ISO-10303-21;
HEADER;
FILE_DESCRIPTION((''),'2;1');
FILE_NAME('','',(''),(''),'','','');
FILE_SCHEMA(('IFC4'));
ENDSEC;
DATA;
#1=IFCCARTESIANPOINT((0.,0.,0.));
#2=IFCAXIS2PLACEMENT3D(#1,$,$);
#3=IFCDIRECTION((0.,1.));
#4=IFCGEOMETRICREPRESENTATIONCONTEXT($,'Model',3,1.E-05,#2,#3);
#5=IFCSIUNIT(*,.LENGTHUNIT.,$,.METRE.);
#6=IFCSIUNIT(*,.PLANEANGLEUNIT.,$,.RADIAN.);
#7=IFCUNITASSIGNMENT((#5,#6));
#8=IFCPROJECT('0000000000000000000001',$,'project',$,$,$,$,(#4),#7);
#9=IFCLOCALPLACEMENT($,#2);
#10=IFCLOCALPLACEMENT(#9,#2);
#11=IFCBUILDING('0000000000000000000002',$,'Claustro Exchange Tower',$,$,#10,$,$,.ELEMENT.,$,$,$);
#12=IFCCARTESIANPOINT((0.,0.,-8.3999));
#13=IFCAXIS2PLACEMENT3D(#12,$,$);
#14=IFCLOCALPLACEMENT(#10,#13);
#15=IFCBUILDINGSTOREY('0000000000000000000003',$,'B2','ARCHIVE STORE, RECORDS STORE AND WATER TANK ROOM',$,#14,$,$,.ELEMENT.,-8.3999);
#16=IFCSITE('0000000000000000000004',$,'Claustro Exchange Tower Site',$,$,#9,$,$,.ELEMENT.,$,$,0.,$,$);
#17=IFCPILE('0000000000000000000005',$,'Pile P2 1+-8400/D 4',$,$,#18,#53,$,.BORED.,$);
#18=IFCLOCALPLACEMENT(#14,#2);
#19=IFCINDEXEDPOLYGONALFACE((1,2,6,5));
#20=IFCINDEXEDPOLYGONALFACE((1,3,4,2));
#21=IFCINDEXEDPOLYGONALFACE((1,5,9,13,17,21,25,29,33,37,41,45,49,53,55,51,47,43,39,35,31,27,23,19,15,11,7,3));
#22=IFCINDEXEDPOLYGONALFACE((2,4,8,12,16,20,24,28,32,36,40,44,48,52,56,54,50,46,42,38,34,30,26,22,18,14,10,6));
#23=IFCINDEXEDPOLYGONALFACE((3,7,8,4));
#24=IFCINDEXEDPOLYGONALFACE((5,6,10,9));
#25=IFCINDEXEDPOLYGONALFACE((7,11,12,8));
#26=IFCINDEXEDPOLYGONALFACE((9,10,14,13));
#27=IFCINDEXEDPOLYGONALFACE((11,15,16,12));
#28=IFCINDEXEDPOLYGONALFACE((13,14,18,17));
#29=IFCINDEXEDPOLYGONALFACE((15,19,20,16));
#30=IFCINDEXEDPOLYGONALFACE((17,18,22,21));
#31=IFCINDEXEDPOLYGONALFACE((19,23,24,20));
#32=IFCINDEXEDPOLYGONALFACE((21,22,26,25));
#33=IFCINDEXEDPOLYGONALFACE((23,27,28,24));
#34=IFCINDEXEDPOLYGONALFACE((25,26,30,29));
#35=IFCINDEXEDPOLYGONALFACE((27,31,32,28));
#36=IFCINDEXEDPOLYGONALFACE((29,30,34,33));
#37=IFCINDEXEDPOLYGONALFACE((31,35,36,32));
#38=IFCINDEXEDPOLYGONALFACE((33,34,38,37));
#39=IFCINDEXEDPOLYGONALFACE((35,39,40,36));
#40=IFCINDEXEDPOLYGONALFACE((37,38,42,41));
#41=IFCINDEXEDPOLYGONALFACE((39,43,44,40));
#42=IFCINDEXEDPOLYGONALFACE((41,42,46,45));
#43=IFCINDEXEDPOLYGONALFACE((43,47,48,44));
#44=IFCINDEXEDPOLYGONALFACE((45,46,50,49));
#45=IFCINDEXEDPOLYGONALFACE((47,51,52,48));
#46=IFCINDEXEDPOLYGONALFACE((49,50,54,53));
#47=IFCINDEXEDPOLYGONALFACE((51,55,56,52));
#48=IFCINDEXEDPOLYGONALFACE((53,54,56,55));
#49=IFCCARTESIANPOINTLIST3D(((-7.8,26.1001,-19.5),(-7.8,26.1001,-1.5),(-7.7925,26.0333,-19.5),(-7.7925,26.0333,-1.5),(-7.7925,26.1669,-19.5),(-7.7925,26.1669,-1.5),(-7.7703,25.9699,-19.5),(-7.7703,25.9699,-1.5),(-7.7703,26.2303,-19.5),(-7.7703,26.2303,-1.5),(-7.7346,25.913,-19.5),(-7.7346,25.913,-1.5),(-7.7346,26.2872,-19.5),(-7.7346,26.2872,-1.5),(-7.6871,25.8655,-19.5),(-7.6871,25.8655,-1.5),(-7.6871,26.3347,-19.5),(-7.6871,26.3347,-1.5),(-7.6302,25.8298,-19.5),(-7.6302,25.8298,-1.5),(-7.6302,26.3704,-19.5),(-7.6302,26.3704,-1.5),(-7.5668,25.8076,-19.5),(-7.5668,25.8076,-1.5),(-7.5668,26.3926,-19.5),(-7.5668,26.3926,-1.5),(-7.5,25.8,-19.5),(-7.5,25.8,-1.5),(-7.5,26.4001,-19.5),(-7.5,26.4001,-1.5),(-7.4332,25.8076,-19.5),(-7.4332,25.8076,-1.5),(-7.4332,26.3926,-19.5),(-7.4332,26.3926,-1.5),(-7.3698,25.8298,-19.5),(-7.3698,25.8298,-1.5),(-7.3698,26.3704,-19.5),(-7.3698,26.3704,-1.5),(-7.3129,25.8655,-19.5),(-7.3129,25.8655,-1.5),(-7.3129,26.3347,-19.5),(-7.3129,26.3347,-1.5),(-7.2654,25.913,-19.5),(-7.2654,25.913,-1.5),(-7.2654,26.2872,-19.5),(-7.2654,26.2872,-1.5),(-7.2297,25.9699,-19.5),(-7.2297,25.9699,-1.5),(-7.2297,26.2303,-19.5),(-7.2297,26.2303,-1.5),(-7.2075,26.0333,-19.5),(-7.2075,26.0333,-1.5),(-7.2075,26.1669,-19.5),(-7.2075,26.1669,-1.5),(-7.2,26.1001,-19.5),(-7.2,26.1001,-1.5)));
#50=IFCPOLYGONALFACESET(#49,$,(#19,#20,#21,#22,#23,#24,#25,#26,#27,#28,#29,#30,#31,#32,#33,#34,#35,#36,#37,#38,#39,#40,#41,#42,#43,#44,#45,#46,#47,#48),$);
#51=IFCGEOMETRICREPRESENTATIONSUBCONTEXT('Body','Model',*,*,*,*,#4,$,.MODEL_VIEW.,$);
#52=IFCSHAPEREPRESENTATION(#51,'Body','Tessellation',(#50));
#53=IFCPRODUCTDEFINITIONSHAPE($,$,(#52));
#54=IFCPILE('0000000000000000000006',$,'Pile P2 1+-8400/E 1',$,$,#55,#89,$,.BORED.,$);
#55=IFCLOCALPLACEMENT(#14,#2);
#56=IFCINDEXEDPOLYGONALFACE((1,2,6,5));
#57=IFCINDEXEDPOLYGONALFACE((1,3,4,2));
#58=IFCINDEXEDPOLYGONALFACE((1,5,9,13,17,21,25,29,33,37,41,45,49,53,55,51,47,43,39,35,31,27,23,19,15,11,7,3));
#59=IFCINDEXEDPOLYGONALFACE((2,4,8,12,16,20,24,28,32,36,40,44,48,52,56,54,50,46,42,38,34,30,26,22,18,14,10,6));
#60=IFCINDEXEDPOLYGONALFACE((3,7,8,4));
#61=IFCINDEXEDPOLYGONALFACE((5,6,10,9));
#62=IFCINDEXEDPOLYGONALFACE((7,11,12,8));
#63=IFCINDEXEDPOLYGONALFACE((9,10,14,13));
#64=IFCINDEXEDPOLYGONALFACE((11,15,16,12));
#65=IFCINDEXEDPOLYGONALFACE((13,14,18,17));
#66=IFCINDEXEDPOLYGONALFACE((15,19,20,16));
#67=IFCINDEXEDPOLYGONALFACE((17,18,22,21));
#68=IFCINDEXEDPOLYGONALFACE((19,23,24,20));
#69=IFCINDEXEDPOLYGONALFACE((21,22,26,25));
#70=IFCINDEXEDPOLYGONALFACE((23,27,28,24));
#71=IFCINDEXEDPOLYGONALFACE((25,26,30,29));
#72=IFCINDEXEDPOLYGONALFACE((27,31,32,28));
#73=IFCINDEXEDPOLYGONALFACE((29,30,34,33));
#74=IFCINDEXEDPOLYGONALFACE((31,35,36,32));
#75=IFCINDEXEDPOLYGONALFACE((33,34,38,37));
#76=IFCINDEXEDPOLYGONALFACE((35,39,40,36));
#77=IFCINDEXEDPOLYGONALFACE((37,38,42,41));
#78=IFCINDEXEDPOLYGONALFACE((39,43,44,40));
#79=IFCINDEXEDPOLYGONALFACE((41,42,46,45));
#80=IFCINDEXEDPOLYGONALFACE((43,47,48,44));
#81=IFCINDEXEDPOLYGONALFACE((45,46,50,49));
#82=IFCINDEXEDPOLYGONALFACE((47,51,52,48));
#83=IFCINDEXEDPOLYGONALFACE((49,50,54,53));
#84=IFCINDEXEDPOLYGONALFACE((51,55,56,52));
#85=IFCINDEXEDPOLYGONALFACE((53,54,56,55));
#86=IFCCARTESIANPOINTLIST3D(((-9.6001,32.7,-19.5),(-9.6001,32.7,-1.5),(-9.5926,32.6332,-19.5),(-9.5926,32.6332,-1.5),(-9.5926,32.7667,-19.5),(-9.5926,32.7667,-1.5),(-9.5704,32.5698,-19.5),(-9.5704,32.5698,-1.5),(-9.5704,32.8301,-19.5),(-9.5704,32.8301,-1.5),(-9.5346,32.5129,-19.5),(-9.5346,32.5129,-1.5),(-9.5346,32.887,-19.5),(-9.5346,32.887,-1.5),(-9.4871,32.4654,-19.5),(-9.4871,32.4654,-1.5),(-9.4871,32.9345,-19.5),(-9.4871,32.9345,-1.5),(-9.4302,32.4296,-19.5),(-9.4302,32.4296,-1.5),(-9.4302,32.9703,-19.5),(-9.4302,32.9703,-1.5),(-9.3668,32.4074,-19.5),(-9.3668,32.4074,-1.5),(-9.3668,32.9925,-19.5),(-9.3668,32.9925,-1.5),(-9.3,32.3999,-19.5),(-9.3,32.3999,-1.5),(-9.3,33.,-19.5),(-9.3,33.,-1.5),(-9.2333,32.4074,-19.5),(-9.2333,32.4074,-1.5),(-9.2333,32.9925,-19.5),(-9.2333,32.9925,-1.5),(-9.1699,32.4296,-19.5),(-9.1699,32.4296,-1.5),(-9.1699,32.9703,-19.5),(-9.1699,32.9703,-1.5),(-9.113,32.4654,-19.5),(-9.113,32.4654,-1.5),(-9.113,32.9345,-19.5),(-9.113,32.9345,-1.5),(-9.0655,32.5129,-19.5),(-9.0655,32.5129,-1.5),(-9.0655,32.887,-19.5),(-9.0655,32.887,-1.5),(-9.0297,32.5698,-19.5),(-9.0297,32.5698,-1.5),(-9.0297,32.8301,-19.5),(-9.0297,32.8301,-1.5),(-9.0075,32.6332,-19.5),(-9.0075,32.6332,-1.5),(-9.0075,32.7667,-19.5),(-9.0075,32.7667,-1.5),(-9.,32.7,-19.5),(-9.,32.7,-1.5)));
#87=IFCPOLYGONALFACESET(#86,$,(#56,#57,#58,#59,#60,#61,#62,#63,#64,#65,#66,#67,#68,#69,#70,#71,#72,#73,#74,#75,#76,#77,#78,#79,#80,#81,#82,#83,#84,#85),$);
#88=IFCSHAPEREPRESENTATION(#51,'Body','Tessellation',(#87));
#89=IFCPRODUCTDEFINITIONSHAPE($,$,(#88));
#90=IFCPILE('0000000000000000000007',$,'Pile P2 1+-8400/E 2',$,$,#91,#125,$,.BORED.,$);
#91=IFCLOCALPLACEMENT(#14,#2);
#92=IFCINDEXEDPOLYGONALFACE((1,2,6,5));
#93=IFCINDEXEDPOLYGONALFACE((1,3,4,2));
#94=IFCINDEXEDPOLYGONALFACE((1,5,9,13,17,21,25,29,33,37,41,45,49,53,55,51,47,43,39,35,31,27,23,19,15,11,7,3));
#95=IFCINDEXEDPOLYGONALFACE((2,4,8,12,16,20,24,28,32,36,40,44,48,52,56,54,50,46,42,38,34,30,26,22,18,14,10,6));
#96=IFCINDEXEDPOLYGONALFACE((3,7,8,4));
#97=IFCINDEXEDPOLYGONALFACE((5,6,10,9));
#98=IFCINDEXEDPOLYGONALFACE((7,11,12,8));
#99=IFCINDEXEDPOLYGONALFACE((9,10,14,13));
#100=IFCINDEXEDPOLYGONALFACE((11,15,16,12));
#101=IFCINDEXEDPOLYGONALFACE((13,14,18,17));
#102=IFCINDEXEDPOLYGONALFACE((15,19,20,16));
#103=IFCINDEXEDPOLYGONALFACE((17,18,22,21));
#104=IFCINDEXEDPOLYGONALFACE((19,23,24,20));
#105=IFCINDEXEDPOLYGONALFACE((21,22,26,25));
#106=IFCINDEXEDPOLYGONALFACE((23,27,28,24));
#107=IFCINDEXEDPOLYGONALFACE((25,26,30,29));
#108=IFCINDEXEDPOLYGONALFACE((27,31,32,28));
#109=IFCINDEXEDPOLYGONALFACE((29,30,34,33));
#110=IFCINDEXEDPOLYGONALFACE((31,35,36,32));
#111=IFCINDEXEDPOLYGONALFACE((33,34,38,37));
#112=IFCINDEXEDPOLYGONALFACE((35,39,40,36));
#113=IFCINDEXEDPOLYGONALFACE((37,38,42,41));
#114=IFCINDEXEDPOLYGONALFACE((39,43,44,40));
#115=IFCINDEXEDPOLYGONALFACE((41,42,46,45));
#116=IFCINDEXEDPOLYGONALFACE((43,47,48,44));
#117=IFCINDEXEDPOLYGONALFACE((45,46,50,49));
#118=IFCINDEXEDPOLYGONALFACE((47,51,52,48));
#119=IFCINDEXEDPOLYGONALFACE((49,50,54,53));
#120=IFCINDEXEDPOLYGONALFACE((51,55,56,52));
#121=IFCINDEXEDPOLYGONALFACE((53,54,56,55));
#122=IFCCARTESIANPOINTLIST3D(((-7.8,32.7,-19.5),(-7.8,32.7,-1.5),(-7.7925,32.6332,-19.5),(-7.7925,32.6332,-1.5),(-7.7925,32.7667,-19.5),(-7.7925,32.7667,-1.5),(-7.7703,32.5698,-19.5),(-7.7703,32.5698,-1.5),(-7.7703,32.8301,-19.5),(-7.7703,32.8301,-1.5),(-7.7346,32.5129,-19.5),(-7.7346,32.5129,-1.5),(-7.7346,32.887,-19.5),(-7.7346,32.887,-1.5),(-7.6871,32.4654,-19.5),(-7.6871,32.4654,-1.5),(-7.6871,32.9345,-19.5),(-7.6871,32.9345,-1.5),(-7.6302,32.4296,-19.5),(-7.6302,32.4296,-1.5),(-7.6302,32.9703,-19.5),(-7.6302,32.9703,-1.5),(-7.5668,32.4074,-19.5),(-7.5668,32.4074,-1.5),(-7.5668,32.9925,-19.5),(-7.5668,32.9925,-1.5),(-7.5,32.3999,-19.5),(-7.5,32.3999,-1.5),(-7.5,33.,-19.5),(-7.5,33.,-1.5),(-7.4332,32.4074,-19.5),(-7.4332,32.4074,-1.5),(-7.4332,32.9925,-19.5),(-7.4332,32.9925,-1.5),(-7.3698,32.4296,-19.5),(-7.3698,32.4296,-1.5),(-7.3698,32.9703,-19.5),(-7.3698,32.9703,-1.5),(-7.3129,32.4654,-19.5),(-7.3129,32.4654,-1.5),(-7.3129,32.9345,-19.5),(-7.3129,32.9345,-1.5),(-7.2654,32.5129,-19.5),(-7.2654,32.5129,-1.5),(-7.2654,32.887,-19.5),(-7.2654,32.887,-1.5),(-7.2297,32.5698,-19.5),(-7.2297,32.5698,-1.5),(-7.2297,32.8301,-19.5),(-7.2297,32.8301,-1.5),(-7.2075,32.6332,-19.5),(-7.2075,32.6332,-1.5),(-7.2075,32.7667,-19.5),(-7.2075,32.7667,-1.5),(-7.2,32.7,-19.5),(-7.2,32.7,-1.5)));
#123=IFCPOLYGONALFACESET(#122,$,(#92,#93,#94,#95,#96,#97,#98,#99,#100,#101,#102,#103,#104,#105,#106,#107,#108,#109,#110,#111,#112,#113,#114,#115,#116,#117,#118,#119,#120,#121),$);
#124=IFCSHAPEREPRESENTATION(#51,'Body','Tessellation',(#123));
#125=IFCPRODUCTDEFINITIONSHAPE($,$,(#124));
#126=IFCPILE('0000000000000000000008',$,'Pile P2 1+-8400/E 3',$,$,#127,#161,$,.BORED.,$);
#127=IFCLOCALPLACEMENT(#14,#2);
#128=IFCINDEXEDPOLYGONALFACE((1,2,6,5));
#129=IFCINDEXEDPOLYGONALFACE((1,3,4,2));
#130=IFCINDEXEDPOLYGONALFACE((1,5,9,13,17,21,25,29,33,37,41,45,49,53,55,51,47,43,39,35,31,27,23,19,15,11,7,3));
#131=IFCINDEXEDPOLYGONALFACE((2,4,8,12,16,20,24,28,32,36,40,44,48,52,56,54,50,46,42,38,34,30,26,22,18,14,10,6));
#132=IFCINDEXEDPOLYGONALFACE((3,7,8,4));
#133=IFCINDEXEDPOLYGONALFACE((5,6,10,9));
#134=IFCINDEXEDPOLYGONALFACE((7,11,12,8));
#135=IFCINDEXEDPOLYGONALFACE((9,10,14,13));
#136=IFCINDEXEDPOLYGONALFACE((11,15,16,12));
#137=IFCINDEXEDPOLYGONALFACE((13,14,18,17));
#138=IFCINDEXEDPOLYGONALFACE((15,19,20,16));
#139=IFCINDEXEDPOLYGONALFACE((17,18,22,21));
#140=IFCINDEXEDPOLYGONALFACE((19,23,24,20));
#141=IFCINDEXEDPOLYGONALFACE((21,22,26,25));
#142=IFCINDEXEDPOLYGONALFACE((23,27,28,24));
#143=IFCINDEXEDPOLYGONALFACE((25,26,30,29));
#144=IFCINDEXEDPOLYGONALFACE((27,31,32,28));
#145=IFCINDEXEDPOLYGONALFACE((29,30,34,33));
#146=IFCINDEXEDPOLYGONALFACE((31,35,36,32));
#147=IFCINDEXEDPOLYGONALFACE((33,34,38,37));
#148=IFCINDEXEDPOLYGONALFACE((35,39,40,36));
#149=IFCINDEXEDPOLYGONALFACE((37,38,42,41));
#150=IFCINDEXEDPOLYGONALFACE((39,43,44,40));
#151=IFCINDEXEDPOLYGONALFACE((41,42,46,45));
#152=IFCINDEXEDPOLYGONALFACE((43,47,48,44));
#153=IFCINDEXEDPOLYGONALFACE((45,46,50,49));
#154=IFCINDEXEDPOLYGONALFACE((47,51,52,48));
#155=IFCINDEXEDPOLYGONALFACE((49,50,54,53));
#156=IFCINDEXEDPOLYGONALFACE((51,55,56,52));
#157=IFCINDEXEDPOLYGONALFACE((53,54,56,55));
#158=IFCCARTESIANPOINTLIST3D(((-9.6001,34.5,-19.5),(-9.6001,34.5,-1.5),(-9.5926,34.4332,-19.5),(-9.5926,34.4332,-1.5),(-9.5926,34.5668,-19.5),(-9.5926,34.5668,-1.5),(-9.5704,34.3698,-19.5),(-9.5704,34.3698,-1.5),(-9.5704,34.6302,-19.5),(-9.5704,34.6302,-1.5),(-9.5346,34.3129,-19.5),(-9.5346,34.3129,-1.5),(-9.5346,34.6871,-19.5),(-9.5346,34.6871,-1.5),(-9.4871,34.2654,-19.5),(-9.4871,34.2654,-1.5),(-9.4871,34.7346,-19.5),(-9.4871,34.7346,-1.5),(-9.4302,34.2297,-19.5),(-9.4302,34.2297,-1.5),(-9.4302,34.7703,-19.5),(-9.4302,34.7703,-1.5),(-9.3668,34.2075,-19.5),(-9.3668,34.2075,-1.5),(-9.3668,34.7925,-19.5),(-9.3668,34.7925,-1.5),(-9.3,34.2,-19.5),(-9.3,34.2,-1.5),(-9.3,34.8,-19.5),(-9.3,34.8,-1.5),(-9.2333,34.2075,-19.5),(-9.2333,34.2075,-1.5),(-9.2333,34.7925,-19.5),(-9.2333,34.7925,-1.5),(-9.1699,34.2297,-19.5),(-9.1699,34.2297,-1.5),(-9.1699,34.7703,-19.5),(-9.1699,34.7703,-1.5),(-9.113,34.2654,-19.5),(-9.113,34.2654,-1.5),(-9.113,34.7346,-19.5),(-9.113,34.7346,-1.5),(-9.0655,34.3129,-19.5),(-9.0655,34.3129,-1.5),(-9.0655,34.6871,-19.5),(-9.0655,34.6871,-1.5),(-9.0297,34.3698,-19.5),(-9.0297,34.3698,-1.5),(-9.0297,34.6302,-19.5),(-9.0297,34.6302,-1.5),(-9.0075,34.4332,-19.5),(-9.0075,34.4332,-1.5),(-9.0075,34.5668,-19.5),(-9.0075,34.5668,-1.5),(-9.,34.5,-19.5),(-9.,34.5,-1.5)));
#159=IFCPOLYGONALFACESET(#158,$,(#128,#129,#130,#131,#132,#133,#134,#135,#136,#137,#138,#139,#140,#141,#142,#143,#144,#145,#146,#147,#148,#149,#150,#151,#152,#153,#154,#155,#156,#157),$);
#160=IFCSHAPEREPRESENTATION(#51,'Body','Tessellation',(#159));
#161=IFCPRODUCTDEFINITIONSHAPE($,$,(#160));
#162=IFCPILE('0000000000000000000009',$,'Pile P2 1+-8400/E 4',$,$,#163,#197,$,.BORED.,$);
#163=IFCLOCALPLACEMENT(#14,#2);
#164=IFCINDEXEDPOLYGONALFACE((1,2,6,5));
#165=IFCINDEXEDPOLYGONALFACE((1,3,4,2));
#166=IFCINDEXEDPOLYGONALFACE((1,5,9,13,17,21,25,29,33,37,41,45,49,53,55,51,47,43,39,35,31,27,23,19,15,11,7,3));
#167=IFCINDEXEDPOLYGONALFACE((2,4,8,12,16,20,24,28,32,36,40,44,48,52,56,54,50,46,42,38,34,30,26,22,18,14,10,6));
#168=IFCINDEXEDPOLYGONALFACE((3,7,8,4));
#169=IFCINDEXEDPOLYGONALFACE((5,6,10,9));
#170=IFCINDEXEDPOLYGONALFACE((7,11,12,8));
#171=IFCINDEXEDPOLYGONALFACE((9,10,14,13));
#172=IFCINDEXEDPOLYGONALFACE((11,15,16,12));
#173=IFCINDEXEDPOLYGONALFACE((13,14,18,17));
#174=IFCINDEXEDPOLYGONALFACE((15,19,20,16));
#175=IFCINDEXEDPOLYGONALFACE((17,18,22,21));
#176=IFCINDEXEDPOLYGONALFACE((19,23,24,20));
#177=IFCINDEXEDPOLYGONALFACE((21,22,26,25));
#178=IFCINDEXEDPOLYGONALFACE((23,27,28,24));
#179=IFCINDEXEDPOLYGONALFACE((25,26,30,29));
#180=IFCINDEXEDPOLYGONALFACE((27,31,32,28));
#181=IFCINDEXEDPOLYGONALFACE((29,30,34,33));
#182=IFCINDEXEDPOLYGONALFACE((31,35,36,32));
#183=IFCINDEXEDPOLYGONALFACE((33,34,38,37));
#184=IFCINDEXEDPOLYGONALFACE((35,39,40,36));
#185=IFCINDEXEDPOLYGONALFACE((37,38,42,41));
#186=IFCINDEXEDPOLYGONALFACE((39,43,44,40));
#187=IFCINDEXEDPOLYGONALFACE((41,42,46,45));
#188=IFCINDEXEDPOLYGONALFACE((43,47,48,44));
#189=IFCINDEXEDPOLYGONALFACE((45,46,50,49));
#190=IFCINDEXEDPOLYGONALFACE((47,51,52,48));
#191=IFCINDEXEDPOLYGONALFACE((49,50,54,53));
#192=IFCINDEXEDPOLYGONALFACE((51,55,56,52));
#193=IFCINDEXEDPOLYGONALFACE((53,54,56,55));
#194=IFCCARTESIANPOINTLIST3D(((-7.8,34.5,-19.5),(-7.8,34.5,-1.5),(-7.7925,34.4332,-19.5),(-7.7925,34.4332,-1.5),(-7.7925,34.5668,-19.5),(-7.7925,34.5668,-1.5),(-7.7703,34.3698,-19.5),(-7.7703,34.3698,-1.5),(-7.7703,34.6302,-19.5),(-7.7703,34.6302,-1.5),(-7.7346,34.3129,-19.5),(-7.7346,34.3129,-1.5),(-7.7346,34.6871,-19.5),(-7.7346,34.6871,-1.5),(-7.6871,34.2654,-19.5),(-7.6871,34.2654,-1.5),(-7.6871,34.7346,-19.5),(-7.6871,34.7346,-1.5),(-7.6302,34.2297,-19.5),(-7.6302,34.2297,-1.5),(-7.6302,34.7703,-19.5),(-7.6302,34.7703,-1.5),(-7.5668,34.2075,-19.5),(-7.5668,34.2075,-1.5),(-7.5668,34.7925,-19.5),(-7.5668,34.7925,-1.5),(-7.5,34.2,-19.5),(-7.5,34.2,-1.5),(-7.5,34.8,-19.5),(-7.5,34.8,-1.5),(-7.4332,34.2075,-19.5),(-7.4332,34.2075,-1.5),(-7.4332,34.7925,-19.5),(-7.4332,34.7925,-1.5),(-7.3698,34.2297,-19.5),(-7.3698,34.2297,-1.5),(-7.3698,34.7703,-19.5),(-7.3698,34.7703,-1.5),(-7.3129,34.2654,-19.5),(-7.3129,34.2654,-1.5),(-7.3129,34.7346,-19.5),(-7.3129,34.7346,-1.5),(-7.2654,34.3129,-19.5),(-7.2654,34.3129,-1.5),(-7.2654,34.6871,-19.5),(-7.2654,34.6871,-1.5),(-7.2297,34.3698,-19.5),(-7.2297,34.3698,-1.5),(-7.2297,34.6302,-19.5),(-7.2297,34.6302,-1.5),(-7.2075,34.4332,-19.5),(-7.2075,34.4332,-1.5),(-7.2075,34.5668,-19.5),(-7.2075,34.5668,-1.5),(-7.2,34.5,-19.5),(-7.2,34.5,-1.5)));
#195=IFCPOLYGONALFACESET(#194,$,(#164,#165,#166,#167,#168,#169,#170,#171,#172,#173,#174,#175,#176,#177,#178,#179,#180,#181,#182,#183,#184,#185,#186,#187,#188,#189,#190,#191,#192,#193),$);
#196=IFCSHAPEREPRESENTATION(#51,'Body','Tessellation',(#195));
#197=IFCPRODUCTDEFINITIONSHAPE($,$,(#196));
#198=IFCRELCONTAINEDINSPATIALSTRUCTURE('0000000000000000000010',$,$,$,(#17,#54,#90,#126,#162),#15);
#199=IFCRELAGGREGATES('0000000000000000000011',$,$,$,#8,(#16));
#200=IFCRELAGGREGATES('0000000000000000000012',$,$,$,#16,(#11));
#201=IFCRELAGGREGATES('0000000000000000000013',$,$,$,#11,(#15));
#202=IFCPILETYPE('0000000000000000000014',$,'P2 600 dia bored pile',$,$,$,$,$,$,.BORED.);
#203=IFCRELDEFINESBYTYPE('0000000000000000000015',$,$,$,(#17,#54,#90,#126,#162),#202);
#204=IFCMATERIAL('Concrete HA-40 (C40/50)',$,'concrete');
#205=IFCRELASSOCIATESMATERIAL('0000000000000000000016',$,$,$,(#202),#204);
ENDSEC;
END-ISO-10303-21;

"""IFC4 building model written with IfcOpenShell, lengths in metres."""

from ifc_helpers import new_model, si_unit, direction, frame, origin, origin_2d, place, context, subcontext, project, spatial, circle, extrude, material, type_object, element, save


model = new_model("IFC4")

# Units and contexts
model_context = context("Model", 3, precision=1e-05, world=origin(), true_north=direction((0.0, 1.0)))
body_context = subcontext(model_context, "Body", "Model", "MODEL_VIEW")
ifc_project = project(units=[si_unit("LENGTHUNIT", "METRE"), si_unit("PLANEANGLEUNIT", "RADIAN")], contexts=[model_context])

# Site, building, storey
site_placement = place(None, origin())
site = spatial("IfcSite", under=ifc_project, at=site_placement, Name="Claustro Exchange Tower Site", CompositionType="ELEMENT", RefElevation=0.0)
building_placement = place(site_placement, origin())
building = spatial("IfcBuilding", under=site, at=building_placement, Name="Claustro Exchange Tower", CompositionType="ELEMENT")
storey_placement = place(building_placement, frame((0.0, 0.0, -8.3999)))
storey = spatial("IfcBuildingStorey", under=building, at=storey_placement, Name="B2", Description="ARCHIVE STORE, RECORDS STORE AND WATER TANK ROOM", CompositionType="ELEMENT", Elevation=-8.3999)

# Piles
ifc_material_1 = material(Name="Concrete HA-40 (C40/50)", Category="concrete")
pile_type_1 = type_object("IfcPileType", Name="P2 600 dia bored pile", PredefinedType="BORED", material=ifc_material_1)
for number, where, z_axis, x_axis, name in (
    (1, (-7.5, 26.1001, -1.5), (0.0, 0.0, -1.0), (1.0, 0.0, 0.0), "Pile P2 1+-8400/D 4"),
    (2, (-9.3, 32.7, -1.5), (0.0, 0.0, -1.0), (1.0, 0.0, 0.0), "Pile P2 1+-8400/E 1"),
    (3, (-7.5, 32.7, -1.5), (0.0, 0.0, -1.0), (1.0, 0.0, 0.0), "Pile P2 1+-8400/E 2"),
    (4, (-9.3, 34.5, -1.5), (0.0, 0.0, -1.0), (1.0, 0.0, 0.0), "Pile P2 1+-8400/E 3"),
    (5, (-7.5, 34.5, -1.5), (0.0, 0.0, -1.0), (1.0, 0.0, 0.0), "Pile P2 1+-8400/E 4"),
):
    element("IfcPile", number, at=place(storey_placement, frame(where, z_axis=z_axis, x_axis=x_axis)), inside=storey, type_object=pile_type_1, Name=name, PredefinedType="BORED", context=body_context, shape_type="SweptSolid", body=[
        extrude(circle(Radius=0.3, at=origin_2d()), origin(), (0.0, 0.0, 1.0), 18.0),
    ])

save(model, "model.ifc")
